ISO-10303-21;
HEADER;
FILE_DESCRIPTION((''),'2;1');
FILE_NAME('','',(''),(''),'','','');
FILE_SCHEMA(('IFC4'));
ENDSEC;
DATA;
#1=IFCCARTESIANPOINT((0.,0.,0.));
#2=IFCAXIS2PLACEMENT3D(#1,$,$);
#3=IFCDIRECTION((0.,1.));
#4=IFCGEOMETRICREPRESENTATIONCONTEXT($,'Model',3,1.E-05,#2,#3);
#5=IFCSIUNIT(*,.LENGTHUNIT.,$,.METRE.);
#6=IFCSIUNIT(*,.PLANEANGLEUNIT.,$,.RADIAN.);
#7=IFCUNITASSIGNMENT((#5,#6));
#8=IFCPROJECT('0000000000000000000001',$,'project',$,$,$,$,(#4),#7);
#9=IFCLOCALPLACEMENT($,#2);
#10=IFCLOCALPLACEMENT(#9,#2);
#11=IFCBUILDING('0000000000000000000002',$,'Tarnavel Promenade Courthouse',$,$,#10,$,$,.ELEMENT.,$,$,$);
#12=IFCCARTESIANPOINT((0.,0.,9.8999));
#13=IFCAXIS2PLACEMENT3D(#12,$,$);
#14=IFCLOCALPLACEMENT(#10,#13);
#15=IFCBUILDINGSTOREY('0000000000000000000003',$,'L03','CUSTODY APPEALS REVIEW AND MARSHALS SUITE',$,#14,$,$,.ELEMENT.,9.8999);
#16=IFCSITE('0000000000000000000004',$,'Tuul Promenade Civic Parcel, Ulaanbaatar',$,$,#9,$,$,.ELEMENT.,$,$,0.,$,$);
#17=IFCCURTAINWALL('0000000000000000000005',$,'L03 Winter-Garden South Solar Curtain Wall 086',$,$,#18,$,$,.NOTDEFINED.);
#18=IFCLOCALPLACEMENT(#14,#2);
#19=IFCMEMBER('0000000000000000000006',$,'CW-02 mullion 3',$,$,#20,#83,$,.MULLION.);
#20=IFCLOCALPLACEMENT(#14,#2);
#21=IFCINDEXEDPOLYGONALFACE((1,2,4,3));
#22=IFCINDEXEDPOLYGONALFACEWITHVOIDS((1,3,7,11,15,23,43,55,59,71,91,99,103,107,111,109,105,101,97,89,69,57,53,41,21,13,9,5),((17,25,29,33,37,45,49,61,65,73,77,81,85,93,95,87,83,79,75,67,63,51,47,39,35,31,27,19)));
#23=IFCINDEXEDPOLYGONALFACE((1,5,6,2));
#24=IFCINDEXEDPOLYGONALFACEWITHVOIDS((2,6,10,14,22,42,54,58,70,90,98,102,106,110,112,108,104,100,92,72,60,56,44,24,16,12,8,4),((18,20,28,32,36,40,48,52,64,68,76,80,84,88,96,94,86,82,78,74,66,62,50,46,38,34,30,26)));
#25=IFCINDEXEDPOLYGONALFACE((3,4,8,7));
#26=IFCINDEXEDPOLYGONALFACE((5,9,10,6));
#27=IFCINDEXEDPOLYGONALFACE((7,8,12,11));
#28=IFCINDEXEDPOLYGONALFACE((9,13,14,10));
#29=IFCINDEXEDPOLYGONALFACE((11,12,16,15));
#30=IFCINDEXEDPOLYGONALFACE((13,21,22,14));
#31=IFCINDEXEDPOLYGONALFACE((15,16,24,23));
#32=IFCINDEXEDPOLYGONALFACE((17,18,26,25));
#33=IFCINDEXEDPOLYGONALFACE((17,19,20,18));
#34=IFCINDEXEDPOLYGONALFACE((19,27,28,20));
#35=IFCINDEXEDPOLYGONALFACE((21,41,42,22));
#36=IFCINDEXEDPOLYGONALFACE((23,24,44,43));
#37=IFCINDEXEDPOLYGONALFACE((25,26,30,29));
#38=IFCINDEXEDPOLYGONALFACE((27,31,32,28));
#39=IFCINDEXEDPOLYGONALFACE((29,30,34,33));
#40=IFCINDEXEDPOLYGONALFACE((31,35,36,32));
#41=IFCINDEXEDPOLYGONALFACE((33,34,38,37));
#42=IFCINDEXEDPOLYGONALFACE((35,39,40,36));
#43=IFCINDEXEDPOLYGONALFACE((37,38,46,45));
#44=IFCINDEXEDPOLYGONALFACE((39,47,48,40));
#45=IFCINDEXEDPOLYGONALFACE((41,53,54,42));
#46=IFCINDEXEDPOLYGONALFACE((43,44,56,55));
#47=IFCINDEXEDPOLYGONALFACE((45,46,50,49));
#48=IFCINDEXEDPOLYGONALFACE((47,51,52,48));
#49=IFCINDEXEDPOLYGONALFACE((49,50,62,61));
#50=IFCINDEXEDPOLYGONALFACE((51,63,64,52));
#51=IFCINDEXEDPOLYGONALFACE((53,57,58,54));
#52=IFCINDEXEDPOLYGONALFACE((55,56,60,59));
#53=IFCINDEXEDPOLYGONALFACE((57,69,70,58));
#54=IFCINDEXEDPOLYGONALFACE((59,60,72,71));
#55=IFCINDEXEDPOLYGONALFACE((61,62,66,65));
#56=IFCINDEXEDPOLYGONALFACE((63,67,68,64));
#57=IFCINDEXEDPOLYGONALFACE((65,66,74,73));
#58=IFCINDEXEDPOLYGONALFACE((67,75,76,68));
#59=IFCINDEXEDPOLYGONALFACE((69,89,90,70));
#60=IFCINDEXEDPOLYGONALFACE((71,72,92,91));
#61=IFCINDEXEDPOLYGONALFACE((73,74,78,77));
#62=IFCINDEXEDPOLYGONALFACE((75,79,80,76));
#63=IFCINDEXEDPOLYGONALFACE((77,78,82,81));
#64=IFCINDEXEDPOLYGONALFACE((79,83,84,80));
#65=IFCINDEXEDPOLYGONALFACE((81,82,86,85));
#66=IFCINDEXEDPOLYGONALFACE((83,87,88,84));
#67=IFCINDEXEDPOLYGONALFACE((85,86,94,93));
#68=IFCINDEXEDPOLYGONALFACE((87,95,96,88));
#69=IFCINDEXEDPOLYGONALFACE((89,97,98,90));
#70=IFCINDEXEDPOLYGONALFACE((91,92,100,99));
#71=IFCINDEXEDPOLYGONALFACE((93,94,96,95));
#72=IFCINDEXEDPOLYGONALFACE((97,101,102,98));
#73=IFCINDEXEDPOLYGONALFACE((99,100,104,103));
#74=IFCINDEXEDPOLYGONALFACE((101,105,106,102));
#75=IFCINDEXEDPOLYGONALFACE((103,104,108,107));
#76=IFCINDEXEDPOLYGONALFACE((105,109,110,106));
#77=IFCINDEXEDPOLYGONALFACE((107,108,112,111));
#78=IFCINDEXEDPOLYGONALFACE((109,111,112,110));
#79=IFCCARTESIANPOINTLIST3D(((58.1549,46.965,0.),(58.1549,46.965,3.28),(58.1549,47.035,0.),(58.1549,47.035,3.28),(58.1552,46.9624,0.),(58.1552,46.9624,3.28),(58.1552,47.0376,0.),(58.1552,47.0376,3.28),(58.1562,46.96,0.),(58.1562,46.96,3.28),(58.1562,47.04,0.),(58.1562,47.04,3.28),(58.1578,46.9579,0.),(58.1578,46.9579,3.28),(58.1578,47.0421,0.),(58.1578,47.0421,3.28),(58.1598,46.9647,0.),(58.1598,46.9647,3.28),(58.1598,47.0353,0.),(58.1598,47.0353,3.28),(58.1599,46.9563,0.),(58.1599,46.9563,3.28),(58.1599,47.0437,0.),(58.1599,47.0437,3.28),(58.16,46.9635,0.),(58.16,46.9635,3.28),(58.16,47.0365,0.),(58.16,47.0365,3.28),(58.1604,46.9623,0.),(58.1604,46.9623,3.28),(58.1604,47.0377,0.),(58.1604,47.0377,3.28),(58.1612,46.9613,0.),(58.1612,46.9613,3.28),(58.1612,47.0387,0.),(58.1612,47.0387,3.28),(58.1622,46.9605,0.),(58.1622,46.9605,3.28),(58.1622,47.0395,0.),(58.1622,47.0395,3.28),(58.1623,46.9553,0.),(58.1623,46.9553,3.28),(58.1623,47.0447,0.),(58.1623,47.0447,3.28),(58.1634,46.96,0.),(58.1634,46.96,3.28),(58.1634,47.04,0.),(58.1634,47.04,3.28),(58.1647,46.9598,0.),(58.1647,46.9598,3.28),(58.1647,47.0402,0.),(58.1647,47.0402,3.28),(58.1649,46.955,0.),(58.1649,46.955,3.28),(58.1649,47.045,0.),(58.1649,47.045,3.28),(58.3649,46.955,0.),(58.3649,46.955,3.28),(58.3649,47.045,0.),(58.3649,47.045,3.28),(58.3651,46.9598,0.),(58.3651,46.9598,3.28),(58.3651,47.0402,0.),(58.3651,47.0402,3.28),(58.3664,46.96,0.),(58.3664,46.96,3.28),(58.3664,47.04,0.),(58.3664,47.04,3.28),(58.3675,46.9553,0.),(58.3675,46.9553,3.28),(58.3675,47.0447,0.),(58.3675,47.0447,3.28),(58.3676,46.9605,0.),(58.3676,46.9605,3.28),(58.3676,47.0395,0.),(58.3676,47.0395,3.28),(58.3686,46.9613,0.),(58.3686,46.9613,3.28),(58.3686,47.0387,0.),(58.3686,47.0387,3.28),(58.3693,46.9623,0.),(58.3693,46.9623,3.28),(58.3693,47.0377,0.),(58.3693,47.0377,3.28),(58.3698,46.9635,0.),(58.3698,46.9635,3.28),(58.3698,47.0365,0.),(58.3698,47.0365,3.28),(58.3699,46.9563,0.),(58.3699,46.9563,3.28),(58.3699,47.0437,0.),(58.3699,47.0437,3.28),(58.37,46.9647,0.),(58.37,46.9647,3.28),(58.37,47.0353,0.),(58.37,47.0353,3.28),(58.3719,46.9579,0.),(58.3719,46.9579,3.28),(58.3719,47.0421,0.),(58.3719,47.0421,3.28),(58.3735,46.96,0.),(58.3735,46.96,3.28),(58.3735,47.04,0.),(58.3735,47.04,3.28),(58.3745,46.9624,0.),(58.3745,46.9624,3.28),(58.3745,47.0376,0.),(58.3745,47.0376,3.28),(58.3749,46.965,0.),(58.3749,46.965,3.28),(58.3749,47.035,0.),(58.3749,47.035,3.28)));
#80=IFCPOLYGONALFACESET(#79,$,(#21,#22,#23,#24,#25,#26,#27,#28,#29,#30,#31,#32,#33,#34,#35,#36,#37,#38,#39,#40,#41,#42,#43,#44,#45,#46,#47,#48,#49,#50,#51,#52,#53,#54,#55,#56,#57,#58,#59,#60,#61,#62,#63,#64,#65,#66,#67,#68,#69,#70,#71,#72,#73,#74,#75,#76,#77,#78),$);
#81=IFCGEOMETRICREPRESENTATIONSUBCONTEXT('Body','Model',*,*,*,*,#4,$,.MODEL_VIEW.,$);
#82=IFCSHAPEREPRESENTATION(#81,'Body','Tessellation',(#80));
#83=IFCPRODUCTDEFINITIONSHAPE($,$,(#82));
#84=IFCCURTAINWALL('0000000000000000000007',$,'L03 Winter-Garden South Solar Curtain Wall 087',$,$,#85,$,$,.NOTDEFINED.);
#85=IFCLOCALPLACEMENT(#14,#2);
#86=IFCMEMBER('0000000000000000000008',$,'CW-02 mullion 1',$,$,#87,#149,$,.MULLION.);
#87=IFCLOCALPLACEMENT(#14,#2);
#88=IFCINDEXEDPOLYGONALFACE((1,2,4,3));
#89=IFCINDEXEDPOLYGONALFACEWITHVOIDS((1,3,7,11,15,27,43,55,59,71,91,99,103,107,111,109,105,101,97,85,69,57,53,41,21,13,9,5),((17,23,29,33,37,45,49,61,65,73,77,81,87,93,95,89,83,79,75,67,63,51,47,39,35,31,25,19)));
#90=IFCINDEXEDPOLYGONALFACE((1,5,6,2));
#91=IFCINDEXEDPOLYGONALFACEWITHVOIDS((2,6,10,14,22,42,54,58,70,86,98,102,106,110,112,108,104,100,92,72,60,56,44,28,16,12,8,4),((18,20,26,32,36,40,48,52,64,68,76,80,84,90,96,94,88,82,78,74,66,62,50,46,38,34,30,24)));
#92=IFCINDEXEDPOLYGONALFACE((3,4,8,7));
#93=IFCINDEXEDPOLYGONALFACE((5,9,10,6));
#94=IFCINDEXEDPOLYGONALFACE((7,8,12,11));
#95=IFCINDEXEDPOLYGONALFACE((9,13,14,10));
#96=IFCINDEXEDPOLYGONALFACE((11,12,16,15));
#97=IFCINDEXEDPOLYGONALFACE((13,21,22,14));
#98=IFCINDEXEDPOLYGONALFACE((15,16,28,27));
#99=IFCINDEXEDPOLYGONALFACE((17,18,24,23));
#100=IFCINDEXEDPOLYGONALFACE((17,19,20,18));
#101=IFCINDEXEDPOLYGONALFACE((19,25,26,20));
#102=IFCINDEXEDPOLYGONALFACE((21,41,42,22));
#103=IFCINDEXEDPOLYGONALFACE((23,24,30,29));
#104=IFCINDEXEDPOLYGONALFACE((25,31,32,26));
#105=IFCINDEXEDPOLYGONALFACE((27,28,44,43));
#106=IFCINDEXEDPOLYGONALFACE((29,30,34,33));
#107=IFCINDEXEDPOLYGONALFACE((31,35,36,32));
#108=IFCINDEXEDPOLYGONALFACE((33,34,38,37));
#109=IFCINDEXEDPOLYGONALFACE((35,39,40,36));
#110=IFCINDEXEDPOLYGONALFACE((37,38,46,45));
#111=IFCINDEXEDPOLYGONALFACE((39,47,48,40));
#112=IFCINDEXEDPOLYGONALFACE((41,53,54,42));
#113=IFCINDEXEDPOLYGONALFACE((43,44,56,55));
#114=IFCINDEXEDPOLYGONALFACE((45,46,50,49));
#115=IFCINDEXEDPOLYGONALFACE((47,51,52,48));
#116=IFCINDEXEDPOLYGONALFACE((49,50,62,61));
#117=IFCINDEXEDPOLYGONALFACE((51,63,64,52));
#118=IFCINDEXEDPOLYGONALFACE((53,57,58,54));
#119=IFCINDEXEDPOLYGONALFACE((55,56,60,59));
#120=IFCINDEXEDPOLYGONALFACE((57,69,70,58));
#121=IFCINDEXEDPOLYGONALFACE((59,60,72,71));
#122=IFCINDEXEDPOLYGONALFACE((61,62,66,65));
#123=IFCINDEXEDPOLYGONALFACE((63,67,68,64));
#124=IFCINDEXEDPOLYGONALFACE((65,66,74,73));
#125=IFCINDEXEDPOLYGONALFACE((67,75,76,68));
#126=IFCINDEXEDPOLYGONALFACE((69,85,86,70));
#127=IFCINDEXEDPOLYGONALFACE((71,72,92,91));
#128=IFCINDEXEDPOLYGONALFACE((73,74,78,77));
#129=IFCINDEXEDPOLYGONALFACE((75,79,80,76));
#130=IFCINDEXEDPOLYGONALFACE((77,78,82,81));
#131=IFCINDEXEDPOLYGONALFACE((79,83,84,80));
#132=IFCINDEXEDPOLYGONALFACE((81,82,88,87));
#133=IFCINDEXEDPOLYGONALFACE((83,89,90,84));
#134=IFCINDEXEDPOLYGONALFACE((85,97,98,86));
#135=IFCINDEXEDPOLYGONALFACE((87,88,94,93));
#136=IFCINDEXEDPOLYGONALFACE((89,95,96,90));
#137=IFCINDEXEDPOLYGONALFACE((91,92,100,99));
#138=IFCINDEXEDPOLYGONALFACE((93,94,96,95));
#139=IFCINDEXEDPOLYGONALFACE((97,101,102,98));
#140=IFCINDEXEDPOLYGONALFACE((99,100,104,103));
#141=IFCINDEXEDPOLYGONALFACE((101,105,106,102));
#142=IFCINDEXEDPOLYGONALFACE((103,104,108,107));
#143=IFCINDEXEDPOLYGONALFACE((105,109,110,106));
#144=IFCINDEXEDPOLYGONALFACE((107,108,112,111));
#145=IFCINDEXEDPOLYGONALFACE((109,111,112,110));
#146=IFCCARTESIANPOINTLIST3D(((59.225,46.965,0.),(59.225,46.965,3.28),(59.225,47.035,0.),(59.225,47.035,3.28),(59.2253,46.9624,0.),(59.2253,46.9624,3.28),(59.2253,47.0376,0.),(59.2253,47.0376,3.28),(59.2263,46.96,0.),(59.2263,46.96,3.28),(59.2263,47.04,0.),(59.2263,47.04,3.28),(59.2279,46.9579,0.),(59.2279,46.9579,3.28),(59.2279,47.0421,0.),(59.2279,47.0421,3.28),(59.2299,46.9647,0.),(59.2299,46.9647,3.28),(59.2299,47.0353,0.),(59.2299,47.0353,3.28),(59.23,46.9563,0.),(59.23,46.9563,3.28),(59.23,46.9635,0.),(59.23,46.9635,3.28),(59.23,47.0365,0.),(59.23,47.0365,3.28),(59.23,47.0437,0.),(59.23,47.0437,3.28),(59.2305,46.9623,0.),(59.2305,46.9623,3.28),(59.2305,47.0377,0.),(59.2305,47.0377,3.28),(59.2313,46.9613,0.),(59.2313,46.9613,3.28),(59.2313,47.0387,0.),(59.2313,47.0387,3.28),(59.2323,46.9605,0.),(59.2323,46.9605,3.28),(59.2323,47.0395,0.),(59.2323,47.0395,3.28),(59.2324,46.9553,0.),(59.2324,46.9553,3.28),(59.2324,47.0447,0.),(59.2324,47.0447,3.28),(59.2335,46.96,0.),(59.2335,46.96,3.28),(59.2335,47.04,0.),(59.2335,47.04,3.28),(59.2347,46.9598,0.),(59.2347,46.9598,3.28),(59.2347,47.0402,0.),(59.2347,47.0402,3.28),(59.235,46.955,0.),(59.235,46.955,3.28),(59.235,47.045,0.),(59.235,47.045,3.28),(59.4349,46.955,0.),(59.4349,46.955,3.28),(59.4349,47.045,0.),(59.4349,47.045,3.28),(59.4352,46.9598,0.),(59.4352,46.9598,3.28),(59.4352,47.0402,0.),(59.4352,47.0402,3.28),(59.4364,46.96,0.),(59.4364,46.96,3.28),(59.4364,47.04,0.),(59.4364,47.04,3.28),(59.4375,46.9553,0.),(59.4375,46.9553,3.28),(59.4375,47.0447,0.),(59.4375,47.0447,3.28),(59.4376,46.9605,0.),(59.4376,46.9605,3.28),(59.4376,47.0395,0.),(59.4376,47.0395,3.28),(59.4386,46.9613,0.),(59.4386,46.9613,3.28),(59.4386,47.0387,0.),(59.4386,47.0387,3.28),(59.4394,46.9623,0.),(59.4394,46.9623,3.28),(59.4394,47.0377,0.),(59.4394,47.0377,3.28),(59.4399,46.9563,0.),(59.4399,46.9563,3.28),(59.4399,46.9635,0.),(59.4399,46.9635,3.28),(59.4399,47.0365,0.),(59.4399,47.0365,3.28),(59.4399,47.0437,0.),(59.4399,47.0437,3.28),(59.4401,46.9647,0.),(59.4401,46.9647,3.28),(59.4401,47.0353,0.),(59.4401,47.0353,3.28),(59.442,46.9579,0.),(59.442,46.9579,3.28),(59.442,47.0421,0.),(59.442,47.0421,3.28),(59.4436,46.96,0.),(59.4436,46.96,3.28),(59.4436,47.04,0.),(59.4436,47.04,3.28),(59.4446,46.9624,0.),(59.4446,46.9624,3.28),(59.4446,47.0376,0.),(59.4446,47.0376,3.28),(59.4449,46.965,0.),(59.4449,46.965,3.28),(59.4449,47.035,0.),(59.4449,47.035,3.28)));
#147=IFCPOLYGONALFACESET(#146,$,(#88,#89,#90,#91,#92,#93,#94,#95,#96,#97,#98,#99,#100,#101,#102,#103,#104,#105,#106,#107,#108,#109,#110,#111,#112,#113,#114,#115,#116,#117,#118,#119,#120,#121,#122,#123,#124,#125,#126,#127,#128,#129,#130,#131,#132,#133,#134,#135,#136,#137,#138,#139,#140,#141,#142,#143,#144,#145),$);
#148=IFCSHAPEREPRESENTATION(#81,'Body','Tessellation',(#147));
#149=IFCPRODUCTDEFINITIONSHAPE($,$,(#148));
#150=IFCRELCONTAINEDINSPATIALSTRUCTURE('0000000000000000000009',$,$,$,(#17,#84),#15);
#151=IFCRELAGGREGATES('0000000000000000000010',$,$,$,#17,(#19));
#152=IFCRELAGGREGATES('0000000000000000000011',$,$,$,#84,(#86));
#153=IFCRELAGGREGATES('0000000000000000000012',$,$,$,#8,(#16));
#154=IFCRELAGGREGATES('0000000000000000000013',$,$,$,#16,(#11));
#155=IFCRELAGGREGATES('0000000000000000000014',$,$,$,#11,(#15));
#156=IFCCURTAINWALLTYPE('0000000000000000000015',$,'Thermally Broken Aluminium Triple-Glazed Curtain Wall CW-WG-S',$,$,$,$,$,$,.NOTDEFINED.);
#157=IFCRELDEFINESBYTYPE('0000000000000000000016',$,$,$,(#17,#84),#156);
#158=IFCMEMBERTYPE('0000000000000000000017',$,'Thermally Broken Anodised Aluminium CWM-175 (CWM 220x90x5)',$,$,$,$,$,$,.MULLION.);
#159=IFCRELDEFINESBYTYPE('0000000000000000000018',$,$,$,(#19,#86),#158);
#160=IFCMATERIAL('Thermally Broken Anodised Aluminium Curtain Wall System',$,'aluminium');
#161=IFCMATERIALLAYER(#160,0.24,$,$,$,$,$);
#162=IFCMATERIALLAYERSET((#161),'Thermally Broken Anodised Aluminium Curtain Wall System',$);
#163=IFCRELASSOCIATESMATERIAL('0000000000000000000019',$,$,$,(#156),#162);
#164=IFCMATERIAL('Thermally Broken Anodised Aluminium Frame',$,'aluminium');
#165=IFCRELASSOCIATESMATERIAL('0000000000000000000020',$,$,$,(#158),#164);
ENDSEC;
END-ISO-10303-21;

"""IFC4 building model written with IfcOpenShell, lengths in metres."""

from ifc_helpers import new_model, si_unit, direction, frame, origin, origin_2d, place, context, subcontext, project, spatial, hollow_rectangle, extrude, material, layer, layer_set, material_profile, profile_set, type_object, element, aggregate, save


model = new_model("IFC4")

# Units and contexts
model_context = context("Model", 3, precision=1e-05, world=origin(), true_north=direction((0.0, 1.0)))
body_context = subcontext(model_context, "Body", "Model", "MODEL_VIEW")
ifc_project = project(units=[si_unit("LENGTHUNIT", "METRE"), si_unit("PLANEANGLEUNIT", "RADIAN")], contexts=[model_context])

# Site, building, storey
site_placement = place(None, origin())
site = spatial("IfcSite", under=ifc_project, at=site_placement, Name="Tuul Promenade Civic Parcel, Ulaanbaatar", CompositionType="ELEMENT", RefElevation=0.0)
building_placement = place(site_placement, origin())
building = spatial("IfcBuilding", under=site, at=building_placement, Name="Tarnavel Promenade Courthouse", CompositionType="ELEMENT")
storey_placement = place(building_placement, frame((0.0, 0.0, 9.8999)))
storey = spatial("IfcBuildingStorey", under=building, at=storey_placement, Name="L03", Description="CUSTODY APPEALS REVIEW AND MARSHALS SUITE", CompositionType="ELEMENT", Elevation=9.8999)

# Curtain wall, member
ifc_material_1 = material(Name="Thermally Broken Anodised Aluminium Curtain Wall System", Category="aluminium")
ifc_layer_1 = layer(ifc_material_1, 0.24)
ifc_layer_set_1 = layer_set([ifc_layer_1], Name="Thermally Broken Anodised Aluminium Curtain Wall System")
curtain_wall_type = type_object("IfcCurtainWallType", Name="Thermally Broken Aluminium Triple-Glazed Curtain Wall CW-WG-S", PredefinedType="NOTDEFINED", material=ifc_layer_set_1)
curtain_wall_1_placement = place(storey_placement, origin())
curtain_wall_1 = element("IfcCurtainWall", 1, at=curtain_wall_1_placement, inside=storey, type_object=curtain_wall_type, Name="L03 Winter-Garden South Solar Curtain Wall 086", PredefinedType="NOTDEFINED")
ifc_material_2 = material(Name="Thermally Broken Anodised Aluminium Frame", Category="aluminium")
ifc_material_profile_1 = material_profile(ifc_material_2, hollow_rectangle(XDim=0.0901, YDim=0.22, WallThickness=0.0049, InnerFilletRadius=0.0049, OuterFilletRadius=0.01, at=origin_2d()), Name="CWM 220x90x5")
ifc_profile_set_1 = profile_set([ifc_material_profile_1], Name="Thermally Broken Anodised Aluminium Frame")
member_type_1 = type_object("IfcMemberType", Name="Thermally Broken Anodised Aluminium CWM-175 (CWM 220x90x5)", PredefinedType="MULLION", material=ifc_profile_set_1)
member_1_placement = place(storey_placement, frame((58.2649, 47.0, 0.0), z_axis=(0.0, 0.0, 1.0), x_axis=(0.0, 1.0, 0.0)))
member_1 = element("IfcMember", 2, at=member_1_placement, type_object=member_type_1, Name="CW-02 mullion 3", PredefinedType="MULLION", context=body_context, shape_type="SweptSolid", body=[
    extrude(hollow_rectangle(XDim=0.0901, YDim=0.22, WallThickness=0.0049, InnerFilletRadius=0.0049, OuterFilletRadius=0.01, at=origin_2d()), origin(), (0.0, 0.0, 1.0), 3.28),
])

# Curtain wall, member
curtain_wall_2_placement = place(storey_placement, origin())
curtain_wall_2 = element("IfcCurtainWall", 3, at=curtain_wall_2_placement, inside=storey, type_object=curtain_wall_type, Name="L03 Winter-Garden South Solar Curtain Wall 087", PredefinedType="NOTDEFINED")
member_2_placement = place(storey_placement, frame((59.335, 47.0, 0.0), z_axis=(0.0, 0.0, 1.0), x_axis=(0.0, 1.0, 0.0)))
member_2 = element("IfcMember", 4, at=member_2_placement, type_object=member_type_1, Name="CW-02 mullion 1", PredefinedType="MULLION", context=body_context, shape_type="SweptSolid", body=[
    extrude(hollow_rectangle(XDim=0.0901, YDim=0.22, WallThickness=0.0049, InnerFilletRadius=0.0049, OuterFilletRadius=0.01, at=origin_2d()), origin(), (0.0, 0.0, 1.0), 3.28),
])

aggregate(curtain_wall_1, [member_1])
aggregate(curtain_wall_2, [member_2])

save(model, "model.ifc")
